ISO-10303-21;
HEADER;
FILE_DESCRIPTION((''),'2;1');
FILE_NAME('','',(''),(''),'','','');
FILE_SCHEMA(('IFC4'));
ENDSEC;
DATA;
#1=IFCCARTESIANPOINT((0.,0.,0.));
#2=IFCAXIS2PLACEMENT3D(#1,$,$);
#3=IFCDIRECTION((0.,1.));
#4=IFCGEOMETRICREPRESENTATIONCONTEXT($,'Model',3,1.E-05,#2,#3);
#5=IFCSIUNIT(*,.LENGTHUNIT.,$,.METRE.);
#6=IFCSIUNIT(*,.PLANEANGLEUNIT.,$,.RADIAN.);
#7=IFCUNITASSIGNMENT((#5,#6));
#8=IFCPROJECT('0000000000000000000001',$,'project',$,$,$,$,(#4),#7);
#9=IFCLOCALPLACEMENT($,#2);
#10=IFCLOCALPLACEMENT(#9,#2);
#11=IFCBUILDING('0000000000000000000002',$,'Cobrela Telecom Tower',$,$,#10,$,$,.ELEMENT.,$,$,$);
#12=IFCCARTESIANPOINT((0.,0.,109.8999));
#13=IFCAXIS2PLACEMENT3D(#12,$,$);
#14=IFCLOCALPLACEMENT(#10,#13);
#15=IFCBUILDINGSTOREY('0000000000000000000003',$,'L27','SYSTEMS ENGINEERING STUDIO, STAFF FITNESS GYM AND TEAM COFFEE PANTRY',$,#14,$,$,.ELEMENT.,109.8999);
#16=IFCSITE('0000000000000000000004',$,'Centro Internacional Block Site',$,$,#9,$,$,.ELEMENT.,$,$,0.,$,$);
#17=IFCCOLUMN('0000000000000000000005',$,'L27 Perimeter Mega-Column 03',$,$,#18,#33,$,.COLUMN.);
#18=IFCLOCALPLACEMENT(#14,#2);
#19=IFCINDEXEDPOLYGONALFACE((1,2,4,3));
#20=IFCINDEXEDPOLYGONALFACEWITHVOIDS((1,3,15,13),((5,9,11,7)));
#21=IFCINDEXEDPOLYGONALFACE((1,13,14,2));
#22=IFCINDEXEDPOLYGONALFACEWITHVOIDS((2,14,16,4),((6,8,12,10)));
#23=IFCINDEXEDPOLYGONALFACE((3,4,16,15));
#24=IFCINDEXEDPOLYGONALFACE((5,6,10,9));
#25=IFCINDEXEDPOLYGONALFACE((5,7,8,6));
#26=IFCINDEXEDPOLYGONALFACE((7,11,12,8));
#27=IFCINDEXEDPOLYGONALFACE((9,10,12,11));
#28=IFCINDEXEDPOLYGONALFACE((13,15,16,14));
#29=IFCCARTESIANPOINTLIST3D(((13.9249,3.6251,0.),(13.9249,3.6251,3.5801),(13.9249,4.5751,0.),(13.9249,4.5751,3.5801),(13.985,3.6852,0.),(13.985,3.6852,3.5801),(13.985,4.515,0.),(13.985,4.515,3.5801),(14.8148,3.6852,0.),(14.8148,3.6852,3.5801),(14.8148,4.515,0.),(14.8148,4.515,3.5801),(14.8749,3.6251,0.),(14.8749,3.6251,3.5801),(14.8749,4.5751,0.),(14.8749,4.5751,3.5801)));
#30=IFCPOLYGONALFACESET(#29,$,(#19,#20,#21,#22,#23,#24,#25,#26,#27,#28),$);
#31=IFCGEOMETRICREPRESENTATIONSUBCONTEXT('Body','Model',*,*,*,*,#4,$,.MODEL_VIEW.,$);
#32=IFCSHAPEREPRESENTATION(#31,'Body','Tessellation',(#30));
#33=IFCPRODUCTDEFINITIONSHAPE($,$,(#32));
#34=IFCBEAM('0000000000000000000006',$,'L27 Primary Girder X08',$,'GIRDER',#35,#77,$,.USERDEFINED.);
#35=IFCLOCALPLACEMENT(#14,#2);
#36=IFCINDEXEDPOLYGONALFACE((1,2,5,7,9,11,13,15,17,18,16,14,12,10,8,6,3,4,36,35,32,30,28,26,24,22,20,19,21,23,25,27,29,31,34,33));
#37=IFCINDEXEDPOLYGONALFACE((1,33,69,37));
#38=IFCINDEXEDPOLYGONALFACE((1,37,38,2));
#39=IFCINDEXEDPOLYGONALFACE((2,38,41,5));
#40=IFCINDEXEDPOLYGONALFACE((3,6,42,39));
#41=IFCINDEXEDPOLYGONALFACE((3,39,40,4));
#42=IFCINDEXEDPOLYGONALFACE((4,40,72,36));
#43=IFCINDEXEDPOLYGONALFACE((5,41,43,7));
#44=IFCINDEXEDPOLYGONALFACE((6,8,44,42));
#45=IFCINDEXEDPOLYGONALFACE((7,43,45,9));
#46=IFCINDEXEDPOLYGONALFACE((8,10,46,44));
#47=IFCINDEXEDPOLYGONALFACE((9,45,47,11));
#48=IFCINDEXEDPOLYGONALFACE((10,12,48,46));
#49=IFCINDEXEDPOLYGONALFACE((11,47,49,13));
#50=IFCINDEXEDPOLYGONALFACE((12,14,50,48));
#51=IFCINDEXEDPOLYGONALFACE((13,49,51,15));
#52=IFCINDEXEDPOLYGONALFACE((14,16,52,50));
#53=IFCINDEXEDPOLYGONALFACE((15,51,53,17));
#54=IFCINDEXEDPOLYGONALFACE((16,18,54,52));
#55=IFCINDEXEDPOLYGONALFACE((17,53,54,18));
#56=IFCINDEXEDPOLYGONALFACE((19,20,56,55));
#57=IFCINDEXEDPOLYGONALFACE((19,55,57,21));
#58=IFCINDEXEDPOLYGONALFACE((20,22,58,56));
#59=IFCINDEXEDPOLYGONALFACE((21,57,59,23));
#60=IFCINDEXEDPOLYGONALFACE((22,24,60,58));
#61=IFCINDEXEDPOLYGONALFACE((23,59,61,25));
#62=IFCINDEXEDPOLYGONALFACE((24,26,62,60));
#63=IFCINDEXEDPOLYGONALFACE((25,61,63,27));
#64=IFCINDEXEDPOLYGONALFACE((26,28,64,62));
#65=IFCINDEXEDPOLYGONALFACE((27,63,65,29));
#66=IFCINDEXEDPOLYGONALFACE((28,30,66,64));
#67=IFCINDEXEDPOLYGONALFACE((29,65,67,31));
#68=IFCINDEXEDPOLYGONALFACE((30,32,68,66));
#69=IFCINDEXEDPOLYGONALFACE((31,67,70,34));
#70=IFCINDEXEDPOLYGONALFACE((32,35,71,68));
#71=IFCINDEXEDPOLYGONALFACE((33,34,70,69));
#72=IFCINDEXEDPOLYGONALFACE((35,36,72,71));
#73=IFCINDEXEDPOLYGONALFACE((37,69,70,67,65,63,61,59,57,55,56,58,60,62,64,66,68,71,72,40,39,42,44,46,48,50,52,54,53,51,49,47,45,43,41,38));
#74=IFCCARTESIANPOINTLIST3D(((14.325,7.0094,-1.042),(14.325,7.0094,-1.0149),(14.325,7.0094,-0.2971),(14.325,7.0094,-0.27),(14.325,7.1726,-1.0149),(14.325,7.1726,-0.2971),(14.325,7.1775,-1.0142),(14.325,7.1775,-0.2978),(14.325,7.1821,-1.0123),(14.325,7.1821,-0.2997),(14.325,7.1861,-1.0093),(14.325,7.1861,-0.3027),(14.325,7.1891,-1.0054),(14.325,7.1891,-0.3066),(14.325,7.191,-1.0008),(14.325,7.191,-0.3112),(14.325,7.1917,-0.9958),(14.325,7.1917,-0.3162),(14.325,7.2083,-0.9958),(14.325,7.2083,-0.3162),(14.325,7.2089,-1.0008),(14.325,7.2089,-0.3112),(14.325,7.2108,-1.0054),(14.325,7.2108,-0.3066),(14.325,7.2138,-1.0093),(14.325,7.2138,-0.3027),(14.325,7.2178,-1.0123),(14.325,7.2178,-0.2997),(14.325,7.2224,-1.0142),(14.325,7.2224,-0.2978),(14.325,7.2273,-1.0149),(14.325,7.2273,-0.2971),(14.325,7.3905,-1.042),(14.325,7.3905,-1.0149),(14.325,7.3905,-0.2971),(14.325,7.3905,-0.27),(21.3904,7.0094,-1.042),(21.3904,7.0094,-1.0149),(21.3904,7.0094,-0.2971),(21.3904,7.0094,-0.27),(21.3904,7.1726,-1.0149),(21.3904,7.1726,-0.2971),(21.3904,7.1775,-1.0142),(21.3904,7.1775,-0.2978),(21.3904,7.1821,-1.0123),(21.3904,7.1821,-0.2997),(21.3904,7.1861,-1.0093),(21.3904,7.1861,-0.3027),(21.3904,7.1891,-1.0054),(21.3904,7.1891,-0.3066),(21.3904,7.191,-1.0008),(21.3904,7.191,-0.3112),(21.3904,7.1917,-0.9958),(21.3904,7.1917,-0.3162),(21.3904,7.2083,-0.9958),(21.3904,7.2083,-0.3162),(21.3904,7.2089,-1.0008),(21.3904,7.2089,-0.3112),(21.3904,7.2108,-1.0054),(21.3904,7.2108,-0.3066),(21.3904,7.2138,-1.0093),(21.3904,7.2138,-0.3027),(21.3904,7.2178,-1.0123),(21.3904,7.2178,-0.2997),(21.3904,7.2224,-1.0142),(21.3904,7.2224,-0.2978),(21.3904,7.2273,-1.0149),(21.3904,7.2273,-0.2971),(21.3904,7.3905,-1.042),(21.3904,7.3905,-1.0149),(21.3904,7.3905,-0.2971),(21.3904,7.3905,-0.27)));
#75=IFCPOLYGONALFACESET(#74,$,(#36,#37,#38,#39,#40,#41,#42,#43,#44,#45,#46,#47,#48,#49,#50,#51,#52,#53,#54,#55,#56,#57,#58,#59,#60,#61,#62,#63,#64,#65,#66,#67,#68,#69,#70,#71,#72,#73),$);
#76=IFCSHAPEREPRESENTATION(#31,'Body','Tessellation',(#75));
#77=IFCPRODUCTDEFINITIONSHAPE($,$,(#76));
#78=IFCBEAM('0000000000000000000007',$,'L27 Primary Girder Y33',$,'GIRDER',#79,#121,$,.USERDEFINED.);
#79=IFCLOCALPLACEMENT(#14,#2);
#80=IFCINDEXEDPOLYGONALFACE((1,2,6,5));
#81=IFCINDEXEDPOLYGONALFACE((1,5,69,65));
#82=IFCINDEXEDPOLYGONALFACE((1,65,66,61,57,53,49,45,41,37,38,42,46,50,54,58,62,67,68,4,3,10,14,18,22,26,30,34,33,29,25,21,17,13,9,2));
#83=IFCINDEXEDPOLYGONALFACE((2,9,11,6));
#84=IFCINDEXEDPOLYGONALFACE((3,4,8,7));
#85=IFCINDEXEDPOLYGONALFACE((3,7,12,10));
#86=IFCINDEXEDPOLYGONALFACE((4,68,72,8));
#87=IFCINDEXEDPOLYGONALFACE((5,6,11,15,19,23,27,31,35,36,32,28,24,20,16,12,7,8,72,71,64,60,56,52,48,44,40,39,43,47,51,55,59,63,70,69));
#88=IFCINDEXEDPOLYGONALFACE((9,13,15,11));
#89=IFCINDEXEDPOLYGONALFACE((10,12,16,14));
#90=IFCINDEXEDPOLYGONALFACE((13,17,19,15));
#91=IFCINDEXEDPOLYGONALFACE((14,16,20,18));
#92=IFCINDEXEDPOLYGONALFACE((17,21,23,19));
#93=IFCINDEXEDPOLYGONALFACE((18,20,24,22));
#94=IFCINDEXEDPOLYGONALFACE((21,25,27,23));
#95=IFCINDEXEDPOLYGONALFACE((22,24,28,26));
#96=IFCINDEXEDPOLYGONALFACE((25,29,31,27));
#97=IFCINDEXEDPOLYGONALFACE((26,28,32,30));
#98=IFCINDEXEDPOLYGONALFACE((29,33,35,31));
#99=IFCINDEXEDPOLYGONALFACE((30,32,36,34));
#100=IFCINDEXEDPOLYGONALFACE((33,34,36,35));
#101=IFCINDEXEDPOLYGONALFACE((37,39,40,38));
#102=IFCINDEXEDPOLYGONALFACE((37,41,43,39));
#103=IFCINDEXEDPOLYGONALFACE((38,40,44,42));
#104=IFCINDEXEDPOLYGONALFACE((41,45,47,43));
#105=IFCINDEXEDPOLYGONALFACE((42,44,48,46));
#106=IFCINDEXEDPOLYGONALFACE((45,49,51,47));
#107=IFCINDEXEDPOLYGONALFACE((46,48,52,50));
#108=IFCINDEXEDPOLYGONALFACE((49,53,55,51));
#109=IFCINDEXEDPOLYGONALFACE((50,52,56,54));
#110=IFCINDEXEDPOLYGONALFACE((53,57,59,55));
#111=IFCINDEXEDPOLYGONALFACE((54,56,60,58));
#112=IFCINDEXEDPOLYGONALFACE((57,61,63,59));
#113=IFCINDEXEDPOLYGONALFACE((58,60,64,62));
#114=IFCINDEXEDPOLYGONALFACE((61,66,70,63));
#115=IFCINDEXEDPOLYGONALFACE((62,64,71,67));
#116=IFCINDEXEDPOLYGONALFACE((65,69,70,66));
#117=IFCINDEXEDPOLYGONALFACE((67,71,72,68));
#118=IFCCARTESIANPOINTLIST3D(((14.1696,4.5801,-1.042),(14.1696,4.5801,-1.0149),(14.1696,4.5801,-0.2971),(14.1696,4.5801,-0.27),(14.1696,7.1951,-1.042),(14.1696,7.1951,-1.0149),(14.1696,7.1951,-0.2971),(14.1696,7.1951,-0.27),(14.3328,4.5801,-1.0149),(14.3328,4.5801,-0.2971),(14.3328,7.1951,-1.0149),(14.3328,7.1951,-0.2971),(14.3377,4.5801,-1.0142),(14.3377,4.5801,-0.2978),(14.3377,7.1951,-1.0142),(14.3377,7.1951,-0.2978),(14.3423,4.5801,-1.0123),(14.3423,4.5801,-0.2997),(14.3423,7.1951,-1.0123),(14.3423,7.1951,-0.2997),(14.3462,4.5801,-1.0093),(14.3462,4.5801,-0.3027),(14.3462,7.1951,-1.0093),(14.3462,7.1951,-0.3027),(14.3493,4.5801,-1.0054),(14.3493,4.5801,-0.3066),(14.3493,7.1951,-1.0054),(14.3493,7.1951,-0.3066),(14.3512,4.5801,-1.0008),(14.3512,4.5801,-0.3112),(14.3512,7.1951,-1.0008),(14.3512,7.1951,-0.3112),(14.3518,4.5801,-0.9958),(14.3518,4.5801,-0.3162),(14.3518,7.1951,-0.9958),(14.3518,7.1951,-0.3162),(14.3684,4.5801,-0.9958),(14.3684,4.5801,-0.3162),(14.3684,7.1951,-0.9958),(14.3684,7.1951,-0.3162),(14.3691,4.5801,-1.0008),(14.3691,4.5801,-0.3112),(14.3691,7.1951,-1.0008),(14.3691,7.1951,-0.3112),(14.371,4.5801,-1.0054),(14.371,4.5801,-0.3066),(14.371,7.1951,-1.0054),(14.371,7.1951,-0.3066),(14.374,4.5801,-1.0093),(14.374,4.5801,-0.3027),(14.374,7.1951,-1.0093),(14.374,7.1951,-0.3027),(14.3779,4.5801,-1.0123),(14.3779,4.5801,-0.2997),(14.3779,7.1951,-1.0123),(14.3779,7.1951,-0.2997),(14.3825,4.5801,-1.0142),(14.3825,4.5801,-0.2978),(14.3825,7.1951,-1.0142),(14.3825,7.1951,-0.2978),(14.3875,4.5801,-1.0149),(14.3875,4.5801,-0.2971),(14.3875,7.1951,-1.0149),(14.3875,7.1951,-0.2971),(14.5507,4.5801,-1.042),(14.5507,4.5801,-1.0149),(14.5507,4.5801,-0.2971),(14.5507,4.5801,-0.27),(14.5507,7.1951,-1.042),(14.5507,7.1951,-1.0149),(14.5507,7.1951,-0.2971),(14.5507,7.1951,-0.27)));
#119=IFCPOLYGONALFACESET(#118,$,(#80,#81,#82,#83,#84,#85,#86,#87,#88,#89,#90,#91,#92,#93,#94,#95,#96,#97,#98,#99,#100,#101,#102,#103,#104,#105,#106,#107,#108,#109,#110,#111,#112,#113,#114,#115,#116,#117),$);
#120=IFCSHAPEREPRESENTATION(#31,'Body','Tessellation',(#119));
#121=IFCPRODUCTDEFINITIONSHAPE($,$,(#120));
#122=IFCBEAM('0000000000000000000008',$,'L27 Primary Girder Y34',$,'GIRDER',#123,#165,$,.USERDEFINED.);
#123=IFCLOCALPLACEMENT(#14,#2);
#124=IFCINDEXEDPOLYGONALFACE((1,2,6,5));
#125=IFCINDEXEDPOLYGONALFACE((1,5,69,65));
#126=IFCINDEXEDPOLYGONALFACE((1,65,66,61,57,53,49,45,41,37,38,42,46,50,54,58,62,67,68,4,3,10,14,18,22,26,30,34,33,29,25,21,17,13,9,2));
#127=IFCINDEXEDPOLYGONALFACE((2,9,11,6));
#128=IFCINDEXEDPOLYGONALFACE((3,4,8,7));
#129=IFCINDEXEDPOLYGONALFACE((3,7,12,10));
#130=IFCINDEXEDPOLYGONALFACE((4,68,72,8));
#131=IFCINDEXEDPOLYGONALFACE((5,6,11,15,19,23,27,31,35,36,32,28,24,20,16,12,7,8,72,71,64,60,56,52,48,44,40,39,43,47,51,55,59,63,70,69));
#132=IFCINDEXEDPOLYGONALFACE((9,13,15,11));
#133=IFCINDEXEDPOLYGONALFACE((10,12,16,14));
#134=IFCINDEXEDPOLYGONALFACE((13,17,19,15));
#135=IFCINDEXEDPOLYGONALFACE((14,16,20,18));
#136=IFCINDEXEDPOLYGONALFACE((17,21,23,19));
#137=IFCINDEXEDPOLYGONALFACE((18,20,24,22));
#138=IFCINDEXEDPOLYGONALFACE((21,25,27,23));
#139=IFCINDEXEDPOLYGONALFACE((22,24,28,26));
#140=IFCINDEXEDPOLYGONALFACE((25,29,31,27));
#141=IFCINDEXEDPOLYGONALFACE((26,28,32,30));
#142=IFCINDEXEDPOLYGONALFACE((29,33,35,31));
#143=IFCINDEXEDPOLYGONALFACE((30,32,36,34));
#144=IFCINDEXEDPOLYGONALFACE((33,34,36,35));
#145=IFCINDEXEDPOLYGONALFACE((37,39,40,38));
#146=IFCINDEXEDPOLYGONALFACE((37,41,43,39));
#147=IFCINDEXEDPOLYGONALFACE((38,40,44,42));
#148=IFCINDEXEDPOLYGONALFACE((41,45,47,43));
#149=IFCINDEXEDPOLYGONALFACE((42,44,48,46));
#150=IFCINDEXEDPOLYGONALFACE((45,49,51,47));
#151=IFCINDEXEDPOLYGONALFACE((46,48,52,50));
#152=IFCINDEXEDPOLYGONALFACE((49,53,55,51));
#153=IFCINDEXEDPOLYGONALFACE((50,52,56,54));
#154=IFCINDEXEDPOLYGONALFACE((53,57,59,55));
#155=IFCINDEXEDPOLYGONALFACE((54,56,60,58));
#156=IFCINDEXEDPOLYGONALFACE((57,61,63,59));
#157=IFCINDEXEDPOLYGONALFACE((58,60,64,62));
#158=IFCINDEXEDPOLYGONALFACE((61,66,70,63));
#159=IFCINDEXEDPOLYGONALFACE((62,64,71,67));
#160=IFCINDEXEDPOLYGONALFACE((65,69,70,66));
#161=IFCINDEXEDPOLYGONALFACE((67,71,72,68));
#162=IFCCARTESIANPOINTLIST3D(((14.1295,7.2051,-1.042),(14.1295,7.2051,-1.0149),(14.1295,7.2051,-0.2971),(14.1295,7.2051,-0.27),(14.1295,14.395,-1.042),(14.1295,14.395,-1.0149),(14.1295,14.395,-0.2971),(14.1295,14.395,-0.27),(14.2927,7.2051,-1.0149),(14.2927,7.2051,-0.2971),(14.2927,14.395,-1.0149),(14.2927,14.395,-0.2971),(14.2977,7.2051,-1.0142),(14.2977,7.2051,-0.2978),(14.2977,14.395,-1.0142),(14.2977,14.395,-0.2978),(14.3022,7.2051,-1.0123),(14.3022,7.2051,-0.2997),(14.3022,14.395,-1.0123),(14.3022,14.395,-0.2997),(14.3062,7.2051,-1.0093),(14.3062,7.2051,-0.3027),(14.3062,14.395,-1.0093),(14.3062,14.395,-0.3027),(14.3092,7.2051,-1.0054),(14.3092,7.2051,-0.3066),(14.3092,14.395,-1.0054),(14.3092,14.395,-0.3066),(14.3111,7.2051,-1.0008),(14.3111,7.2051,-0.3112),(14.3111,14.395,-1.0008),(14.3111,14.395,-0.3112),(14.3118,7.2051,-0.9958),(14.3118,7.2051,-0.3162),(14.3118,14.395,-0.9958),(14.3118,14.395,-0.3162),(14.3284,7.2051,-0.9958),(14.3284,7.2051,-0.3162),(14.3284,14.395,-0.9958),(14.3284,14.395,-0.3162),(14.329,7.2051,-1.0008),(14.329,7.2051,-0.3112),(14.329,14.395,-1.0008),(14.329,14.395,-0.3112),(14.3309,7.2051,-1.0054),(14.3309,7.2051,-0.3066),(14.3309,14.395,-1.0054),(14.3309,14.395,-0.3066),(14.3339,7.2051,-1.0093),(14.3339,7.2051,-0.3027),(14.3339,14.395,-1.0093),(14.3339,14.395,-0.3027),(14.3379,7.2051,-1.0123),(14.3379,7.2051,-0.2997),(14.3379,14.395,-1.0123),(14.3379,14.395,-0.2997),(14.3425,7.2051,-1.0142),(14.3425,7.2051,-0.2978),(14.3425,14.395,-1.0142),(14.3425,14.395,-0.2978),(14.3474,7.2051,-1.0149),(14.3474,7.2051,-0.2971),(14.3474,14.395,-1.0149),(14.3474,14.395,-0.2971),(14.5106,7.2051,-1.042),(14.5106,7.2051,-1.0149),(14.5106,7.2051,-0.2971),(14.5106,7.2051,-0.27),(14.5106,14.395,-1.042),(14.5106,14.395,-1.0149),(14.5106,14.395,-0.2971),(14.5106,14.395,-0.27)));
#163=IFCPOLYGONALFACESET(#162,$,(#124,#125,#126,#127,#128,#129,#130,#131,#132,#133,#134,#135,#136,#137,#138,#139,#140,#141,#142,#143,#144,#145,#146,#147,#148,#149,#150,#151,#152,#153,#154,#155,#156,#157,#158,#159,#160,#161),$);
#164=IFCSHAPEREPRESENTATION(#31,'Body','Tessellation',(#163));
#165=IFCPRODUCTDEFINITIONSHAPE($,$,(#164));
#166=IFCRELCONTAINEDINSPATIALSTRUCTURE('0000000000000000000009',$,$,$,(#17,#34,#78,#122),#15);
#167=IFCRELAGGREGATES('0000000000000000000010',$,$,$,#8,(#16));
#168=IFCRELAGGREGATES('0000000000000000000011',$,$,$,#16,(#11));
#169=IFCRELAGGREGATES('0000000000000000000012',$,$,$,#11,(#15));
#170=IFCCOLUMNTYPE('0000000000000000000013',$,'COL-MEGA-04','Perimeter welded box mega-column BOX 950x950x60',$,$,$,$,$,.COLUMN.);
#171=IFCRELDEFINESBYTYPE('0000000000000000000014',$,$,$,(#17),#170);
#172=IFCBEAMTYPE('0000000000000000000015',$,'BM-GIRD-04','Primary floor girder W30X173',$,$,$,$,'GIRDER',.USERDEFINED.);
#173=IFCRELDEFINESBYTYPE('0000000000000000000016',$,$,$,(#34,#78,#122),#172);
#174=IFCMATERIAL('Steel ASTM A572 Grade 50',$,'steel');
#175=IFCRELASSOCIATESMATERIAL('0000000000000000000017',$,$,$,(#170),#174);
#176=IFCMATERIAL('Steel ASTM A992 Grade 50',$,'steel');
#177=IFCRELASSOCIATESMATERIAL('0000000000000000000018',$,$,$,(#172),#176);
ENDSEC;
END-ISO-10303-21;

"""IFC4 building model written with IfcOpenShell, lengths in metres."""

from ifc_helpers import new_model, si_unit, direction, frame, origin, origin_2d, place, context, subcontext, project, spatial, hollow_rectangle, i_section, extrude, material, material_profile, profile_set, type_object, element, save


model = new_model("IFC4")

# Units and contexts
model_context = context("Model", 3, precision=1e-05, world=origin(), true_north=direction((0.0, 1.0)))
body_context = subcontext(model_context, "Body", "Model", "MODEL_VIEW")
ifc_project = project(units=[si_unit("LENGTHUNIT", "METRE"), si_unit("PLANEANGLEUNIT", "RADIAN")], contexts=[model_context])

# Site, building, storey
site_placement = place(None, origin())
site = spatial("IfcSite", under=ifc_project, at=site_placement, Name="Centro Internacional Block Site", CompositionType="ELEMENT", RefElevation=0.0)
building_placement = place(site_placement, origin())
building = spatial("IfcBuilding", under=site, at=building_placement, Name="Cobrela Telecom Tower", CompositionType="ELEMENT")
storey_placement = place(building_placement, frame((0.0, 0.0, 109.8999)))
storey = spatial("IfcBuildingStorey", under=building, at=storey_placement, Name="L27", Description="SYSTEMS ENGINEERING STUDIO, STAFF FITNESS GYM AND TEAM COFFEE PANTRY", CompositionType="ELEMENT", Elevation=109.8999)

# Column
ifc_material_1 = material(Name="Steel ASTM A572 Grade 50", Category="steel")
ifc_material_profile_1 = material_profile(ifc_material_1, hollow_rectangle(XDim=0.95, YDim=0.95, WallThickness=0.0601, at=origin_2d()), Name="BOX 950x950x60")
ifc_profile_set_1 = profile_set([ifc_material_profile_1], Name="Steel ASTM A572 Grade 50")
column_type = type_object("IfcColumnType", Name="COL-MEGA-04", Description="Perimeter welded box mega-column BOX 950x950x60", PredefinedType="COLUMN", material=ifc_profile_set_1)
column_placement = place(storey_placement, frame((14.3999, 4.1001, 0.0), z_axis=(0.0, 0.0, 1.0), x_axis=(1.0, 0.0, 0.0)))
element("IfcColumn", 1, at=column_placement, inside=storey, type_object=column_type, Name="L27 Perimeter Mega-Column 03", PredefinedType="COLUMN", context=body_context, shape_type="SweptSolid", body=[
    extrude(hollow_rectangle(XDim=0.95, YDim=0.95, WallThickness=0.0601, at=origin_2d()), origin(), (0.0, 0.0, 1.0), 3.5801),
])

# Beams
ifc_material_2 = material(Name="Steel ASTM A992 Grade 50", Category="steel")
ifc_material_profile_2 = material_profile(ifc_material_2, i_section(OverallWidth=0.3811, OverallDepth=0.772, WebThickness=0.0166, FlangeThickness=0.0271, FilletRadius=0.019, at=origin_2d()), Name="W30X173")
ifc_profile_set_2 = profile_set([ifc_material_profile_2], Name="Steel ASTM A992 Grade 50")
beam_type_1 = type_object("IfcBeamType", Name="BM-GIRD-04", Description="Primary floor girder W30X173", ElementType="GIRDER", PredefinedType="USERDEFINED", material=ifc_profile_set_2)
beam_1_placement = place(storey_placement, frame((14.325, 7.2, -0.656), z_axis=(1.0, 0.0, 0.0), x_axis=(0.0, 1.0, 0.0)))
element("IfcBeam", 2, at=beam_1_placement, inside=storey, type_object=beam_type_1, Name="L27 Primary Girder X08", ObjectType="GIRDER", PredefinedType="USERDEFINED", context=body_context, shape_type="SweptSolid", body=[
    extrude(i_section(OverallWidth=0.3811, OverallDepth=0.772, WebThickness=0.0166, FlangeThickness=0.0271, FilletRadius=0.019, at=origin_2d()), origin(), (0.0, 0.0, 1.0), 7.0654),
])
beam_2_placement = place(storey_placement, frame((14.3601, 4.5801, -0.656), z_axis=(0.0, 1.0, 0.0), x_axis=(-1.0, 0.0, 0.0)))
element("IfcBeam", 3, at=beam_2_placement, inside=storey, type_object=beam_type_1, Name="L27 Primary Girder Y33", ObjectType="GIRDER", PredefinedType="USERDEFINED", context=body_context, shape_type="SweptSolid", body=[
    extrude(i_section(OverallWidth=0.3811, OverallDepth=0.772, WebThickness=0.0166, FlangeThickness=0.0271, FilletRadius=0.019, at=origin_2d()), origin(), (0.0, 0.0, 1.0), 2.615),
])
beam_3_placement = place(storey_placement, frame((14.3201, 7.2051, -0.656), z_axis=(0.0, 1.0, 0.0), x_axis=(-1.0, 0.0, 0.0)))
element("IfcBeam", 4, at=beam_3_placement, inside=storey, type_object=beam_type_1, Name="L27 Primary Girder Y34", ObjectType="GIRDER", PredefinedType="USERDEFINED", context=body_context, shape_type="SweptSolid", body=[
    extrude(i_section(OverallWidth=0.3811, OverallDepth=0.772, WebThickness=0.0166, FlangeThickness=0.0271, FilletRadius=0.019, at=origin_2d()), origin(), (0.0, 0.0, 1.0), 7.1899),
])

save(model, "model.ifc")
